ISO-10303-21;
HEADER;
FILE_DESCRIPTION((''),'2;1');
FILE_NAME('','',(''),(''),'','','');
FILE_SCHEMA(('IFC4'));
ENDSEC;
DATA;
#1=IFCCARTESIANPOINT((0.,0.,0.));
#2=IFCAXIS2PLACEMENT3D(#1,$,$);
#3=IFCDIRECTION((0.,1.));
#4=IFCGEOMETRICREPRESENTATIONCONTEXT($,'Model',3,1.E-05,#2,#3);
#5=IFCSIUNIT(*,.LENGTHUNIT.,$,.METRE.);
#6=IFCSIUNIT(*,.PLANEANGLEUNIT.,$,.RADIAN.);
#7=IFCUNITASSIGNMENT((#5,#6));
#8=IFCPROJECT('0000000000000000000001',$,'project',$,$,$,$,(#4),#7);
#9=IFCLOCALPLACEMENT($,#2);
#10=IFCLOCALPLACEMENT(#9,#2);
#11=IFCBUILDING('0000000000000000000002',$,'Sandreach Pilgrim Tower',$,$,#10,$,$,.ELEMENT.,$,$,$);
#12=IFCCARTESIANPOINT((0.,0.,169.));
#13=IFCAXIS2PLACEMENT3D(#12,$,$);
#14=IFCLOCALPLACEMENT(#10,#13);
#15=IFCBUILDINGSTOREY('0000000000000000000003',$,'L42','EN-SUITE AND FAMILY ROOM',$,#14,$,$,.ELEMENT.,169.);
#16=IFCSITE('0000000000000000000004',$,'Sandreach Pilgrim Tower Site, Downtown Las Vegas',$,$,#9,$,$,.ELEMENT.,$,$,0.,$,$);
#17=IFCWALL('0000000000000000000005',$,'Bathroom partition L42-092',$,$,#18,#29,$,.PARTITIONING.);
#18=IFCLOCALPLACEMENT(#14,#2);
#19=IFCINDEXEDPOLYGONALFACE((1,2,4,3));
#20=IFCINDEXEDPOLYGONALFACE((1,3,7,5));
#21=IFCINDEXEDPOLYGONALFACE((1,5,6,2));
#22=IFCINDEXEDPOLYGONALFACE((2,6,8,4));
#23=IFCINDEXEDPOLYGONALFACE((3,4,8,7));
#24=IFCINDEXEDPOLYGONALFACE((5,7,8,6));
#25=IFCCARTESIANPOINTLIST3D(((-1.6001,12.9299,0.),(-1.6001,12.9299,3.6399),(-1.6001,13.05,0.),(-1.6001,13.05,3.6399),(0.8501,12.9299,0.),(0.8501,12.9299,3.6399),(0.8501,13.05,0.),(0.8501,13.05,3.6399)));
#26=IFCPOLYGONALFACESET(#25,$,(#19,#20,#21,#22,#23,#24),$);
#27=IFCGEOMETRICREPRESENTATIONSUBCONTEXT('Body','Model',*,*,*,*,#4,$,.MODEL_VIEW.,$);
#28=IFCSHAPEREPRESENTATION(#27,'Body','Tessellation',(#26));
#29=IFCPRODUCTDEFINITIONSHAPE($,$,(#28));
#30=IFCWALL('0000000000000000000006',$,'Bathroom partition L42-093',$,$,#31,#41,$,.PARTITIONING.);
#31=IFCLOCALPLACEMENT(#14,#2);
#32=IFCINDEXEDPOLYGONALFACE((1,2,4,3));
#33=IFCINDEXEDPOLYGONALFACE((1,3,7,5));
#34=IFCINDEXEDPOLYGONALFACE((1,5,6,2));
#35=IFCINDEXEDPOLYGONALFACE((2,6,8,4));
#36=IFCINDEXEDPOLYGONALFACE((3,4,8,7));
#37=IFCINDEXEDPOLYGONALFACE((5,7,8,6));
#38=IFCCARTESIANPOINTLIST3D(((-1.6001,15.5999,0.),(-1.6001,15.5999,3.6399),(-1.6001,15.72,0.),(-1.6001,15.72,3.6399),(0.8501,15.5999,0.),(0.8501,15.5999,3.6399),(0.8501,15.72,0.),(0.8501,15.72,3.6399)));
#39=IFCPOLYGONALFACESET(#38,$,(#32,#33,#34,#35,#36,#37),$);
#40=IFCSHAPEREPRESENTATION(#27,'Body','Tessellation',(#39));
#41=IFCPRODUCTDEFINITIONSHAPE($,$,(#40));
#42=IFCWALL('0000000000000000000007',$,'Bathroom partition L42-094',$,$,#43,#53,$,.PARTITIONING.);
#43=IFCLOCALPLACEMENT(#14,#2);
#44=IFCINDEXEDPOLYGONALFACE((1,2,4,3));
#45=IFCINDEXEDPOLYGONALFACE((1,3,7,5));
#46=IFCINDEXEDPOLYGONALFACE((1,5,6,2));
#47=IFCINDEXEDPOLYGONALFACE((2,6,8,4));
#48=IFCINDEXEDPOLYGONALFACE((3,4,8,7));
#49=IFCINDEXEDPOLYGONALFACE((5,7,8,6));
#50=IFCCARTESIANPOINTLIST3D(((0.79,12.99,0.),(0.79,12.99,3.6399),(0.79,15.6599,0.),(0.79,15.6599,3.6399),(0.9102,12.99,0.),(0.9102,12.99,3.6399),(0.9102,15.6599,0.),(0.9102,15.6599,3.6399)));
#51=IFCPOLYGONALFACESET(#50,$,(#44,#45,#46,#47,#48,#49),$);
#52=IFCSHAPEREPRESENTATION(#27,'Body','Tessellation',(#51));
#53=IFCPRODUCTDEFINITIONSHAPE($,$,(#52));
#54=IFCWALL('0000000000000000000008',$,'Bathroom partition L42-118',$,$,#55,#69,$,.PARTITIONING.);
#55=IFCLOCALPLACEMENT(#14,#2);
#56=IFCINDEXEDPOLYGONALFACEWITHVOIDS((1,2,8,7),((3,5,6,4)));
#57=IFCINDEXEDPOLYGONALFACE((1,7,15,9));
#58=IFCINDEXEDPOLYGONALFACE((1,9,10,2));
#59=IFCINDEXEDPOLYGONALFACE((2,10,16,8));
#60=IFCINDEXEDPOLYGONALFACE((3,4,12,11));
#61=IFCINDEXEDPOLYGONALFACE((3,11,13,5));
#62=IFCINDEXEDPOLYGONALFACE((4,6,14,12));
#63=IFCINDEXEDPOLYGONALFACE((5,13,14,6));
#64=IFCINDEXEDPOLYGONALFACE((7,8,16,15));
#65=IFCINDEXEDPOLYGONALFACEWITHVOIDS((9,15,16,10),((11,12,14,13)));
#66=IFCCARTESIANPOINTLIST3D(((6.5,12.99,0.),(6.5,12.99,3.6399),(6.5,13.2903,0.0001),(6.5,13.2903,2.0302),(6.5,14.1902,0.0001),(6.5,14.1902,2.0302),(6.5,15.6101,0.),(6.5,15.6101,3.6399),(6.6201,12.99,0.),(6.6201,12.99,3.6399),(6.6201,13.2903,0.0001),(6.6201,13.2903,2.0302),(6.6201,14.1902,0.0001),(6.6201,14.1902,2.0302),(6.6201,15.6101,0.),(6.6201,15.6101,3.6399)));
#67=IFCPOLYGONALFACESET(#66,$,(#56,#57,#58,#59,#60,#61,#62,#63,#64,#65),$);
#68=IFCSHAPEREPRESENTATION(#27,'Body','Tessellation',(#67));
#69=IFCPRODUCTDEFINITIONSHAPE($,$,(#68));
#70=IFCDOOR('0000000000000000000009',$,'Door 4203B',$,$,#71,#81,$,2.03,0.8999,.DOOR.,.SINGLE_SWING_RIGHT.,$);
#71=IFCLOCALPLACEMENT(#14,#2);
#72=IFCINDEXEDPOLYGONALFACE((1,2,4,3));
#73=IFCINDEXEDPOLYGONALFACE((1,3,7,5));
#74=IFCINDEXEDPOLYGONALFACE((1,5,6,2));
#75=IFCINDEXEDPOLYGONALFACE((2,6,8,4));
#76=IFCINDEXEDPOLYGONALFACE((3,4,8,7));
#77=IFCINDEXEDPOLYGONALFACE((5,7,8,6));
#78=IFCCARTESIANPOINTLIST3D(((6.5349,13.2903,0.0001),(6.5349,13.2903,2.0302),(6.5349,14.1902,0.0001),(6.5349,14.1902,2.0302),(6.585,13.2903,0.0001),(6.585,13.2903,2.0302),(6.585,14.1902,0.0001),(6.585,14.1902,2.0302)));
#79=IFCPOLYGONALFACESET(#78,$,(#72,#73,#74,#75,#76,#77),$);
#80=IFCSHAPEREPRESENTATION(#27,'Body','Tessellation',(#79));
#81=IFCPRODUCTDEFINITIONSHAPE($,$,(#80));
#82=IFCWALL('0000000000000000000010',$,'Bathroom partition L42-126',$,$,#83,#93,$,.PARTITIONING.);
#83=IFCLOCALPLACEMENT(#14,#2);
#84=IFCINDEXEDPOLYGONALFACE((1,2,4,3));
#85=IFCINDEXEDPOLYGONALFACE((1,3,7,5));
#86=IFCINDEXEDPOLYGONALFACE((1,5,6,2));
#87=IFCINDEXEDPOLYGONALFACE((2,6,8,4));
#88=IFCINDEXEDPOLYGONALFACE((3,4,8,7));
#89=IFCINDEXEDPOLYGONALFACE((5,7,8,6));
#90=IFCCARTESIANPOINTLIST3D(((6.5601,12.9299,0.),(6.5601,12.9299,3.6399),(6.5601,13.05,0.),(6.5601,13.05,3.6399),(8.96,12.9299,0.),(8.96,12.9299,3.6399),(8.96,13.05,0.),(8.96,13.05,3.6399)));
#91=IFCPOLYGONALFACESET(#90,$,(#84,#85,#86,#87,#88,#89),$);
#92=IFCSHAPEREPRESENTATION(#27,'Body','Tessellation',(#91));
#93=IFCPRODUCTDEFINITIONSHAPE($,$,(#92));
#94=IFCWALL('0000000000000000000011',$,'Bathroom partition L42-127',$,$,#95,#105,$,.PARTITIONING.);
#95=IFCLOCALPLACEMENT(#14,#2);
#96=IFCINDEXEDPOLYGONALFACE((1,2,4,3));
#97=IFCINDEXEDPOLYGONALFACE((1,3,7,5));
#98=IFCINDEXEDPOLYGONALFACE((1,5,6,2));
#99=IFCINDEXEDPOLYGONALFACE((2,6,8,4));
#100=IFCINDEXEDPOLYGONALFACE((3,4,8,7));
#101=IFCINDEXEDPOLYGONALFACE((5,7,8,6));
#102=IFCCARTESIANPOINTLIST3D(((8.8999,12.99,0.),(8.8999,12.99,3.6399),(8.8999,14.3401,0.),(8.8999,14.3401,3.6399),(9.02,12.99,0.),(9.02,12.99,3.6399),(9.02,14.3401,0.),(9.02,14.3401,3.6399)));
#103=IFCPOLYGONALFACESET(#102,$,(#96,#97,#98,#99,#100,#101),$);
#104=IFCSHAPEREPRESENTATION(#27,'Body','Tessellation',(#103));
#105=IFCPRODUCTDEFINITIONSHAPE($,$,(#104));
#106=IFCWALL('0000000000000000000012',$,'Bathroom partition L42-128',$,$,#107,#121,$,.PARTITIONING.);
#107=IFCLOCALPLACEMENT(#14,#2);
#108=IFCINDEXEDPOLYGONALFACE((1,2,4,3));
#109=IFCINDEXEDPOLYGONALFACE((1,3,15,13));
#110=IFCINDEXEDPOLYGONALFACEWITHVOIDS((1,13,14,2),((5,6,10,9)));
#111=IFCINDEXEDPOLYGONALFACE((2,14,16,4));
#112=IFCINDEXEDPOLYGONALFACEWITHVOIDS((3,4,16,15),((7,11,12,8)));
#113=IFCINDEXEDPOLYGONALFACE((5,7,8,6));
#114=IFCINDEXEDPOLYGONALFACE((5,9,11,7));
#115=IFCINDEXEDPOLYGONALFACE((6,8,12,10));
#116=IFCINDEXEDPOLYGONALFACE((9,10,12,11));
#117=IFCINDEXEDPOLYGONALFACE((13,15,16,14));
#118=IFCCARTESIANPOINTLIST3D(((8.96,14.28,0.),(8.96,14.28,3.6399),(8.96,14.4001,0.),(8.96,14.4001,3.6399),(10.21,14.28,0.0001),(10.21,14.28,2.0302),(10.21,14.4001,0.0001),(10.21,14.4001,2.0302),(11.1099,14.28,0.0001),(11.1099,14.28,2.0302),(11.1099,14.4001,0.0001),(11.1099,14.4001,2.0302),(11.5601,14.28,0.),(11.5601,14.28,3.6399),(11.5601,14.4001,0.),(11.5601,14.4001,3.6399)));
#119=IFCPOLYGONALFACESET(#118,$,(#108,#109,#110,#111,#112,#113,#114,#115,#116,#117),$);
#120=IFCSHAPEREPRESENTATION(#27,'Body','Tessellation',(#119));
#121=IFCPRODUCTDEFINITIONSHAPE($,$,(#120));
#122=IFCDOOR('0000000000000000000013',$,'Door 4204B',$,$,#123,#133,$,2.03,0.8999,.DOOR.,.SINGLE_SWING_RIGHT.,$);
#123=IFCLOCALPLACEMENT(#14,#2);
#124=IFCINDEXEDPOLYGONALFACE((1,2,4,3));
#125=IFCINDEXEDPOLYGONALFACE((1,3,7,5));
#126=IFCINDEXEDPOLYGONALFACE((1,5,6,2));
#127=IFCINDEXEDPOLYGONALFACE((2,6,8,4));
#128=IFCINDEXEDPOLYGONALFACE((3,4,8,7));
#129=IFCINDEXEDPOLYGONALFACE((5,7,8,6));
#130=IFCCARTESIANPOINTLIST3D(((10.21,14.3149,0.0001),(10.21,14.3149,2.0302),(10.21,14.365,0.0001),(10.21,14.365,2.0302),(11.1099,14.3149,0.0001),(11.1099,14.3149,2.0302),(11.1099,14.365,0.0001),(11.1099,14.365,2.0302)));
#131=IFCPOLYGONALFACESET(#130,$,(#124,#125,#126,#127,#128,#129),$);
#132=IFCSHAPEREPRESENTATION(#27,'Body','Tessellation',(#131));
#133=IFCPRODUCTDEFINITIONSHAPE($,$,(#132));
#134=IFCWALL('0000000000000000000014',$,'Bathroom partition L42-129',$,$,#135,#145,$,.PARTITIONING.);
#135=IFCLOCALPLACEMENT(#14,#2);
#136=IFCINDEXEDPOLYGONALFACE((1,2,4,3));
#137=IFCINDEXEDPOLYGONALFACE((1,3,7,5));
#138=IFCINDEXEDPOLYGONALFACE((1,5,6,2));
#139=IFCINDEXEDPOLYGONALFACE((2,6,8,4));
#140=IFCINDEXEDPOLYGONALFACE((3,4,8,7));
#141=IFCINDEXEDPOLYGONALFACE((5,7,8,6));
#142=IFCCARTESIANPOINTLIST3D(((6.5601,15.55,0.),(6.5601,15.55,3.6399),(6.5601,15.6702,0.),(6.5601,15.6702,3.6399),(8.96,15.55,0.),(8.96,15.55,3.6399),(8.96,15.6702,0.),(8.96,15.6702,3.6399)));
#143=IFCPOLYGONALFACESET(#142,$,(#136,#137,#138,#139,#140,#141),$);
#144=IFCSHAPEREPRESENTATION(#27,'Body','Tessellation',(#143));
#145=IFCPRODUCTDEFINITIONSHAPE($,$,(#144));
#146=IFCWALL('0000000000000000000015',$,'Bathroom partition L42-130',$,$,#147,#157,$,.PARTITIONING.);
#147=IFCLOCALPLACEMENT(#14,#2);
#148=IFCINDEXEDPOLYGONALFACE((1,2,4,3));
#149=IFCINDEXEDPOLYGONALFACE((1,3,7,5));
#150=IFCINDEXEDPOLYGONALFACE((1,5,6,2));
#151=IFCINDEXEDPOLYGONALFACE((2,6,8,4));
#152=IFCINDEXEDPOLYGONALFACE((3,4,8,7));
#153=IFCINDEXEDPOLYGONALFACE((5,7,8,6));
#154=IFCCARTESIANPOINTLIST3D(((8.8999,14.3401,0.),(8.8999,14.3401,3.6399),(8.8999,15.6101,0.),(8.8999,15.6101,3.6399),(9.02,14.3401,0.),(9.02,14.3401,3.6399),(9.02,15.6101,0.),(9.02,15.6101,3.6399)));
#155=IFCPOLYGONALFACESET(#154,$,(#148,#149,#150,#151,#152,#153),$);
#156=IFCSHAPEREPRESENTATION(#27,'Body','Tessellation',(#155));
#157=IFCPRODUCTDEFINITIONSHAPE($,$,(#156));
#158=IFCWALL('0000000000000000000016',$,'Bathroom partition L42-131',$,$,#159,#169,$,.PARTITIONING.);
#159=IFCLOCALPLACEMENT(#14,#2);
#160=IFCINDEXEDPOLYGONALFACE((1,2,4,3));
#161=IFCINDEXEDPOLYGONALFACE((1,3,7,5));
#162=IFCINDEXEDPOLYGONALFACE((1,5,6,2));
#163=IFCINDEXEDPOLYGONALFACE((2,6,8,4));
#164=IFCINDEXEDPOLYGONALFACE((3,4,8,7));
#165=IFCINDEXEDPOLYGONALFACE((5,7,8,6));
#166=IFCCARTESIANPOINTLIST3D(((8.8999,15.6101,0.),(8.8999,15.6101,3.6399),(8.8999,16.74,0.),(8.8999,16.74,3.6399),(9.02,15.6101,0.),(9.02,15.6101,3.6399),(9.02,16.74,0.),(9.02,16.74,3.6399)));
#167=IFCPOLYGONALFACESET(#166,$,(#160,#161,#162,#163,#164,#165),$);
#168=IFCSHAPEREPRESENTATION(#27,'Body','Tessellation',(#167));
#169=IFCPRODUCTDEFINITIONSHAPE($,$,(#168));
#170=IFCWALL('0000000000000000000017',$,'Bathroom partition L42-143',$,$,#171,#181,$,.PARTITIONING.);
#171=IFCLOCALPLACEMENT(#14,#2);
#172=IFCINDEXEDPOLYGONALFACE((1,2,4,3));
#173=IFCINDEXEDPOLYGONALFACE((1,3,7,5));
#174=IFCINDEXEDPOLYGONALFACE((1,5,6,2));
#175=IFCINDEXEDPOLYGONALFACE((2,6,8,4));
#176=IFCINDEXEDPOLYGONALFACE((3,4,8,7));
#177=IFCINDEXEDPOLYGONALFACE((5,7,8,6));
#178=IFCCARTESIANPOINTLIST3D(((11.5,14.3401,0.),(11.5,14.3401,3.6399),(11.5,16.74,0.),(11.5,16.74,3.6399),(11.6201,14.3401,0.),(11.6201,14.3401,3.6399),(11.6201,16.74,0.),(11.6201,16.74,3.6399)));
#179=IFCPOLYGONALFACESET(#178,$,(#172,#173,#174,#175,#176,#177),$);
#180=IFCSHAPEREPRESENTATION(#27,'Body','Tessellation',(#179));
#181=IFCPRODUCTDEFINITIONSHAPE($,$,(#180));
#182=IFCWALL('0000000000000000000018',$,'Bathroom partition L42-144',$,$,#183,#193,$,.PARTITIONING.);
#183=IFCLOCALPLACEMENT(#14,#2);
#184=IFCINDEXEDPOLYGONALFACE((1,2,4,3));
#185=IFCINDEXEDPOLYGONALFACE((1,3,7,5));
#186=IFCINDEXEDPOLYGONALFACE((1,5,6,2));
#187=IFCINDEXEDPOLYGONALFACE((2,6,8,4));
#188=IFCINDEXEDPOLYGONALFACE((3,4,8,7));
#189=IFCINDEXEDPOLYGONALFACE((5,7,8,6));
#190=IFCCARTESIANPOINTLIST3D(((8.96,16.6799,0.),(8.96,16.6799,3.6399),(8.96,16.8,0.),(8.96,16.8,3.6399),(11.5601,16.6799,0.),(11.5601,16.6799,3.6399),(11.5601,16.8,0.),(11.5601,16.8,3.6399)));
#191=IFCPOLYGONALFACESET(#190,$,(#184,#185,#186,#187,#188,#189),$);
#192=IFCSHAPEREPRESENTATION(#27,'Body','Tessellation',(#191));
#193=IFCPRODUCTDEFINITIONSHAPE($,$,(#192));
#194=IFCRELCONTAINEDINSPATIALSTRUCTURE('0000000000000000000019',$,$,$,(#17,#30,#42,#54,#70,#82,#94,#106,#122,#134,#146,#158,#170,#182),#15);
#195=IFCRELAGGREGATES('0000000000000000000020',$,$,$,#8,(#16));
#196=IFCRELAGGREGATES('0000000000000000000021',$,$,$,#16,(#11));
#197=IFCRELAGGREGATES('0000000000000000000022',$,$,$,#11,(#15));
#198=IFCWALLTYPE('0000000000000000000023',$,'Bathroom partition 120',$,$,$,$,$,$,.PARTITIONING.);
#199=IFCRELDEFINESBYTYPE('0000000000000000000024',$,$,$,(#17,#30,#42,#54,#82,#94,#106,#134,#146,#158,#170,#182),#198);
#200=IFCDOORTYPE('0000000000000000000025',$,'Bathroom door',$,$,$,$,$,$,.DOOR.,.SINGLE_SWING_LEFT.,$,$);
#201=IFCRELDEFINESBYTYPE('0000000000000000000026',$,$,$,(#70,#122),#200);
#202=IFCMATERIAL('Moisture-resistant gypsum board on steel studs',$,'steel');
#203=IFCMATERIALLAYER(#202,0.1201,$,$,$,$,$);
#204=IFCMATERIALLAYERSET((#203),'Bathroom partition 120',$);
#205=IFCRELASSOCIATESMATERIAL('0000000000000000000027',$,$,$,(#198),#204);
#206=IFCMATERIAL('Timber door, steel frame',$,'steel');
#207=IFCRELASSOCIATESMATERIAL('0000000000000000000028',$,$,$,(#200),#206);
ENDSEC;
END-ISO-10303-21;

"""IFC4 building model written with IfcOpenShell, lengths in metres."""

from ifc_helpers import new_model, si_unit, direction, frame, frame_2d, origin, place, context, subcontext, project, spatial, rectangle, extrude, material, layer, layer_set, type_object, element, fill, save


model = new_model("IFC4")

# Units and contexts
model_context = context("Model", 3, precision=1e-05, world=origin(), true_north=direction((0.0, 1.0)))
body_context = subcontext(model_context, "Body", "Model", "MODEL_VIEW")
ifc_project = project(units=[si_unit("LENGTHUNIT", "METRE"), si_unit("PLANEANGLEUNIT", "RADIAN")], contexts=[model_context])

# Site, building, storey
site_placement = place(None, origin())
site = spatial("IfcSite", under=ifc_project, at=site_placement, Name="Sandreach Pilgrim Tower Site, Downtown Las Vegas", CompositionType="ELEMENT", RefElevation=0.0)
building_placement = place(site_placement, origin())
building = spatial("IfcBuilding", under=site, at=building_placement, Name="Sandreach Pilgrim Tower", CompositionType="ELEMENT")
storey_placement = place(building_placement, frame((0.0, 0.0, 169.0)))
storey = spatial("IfcBuildingStorey", under=building, at=storey_placement, Name="L42", Description="EN-SUITE AND FAMILY ROOM", CompositionType="ELEMENT", Elevation=169.0)

# Walls
ifc_material_1 = material(Name="Moisture-resistant gypsum board on steel studs", Category="steel")
ifc_layer_1 = layer(ifc_material_1, 0.1201)
ifc_layer_set_1 = layer_set([ifc_layer_1], Name="Bathroom partition 120")
wall_type_1 = type_object("IfcWallType", Name="Bathroom partition 120", PredefinedType="PARTITIONING", material=ifc_layer_set_1)
for number, where, z_axis, x_axis, name in (
    (1, (0.8501, 12.99, 0.0), (0.0, 0.0, 1.0), (-1.0, 0.0, 0.0), "Bathroom partition L42-092"),
    (2, (0.8501, 15.6599, 0.0), (0.0, 0.0, 1.0), (-1.0, 0.0, 0.0), "Bathroom partition L42-093"),
):
    element("IfcWall", number, at=place(storey_placement, frame(where, z_axis=z_axis, x_axis=x_axis)), inside=storey, type_object=wall_type_1, Name=name, PredefinedType="PARTITIONING", context=body_context, shape_type="SweptSolid", body=[
        extrude(rectangle(XDim=2.4502, YDim=0.1201, at=frame_2d((1.2251, 0.0))), origin(), (0.0, 0.0, 1.0), 3.6399),
    ])
wall_1_placement = place(storey_placement, frame((0.8501, 15.6599, 0.0), z_axis=(0.0, 0.0, 1.0), x_axis=(0.0, -1.0, 0.0)))
element("IfcWall", 3, at=wall_1_placement, inside=storey, type_object=wall_type_1, Name="Bathroom partition L42-094", PredefinedType="PARTITIONING", context=body_context, shape_type="SweptSolid", body=[
    extrude(rectangle(XDim=2.6699, YDim=0.1201, at=frame_2d((1.335, 0.0))), origin(), (0.0, 0.0, 1.0), 3.6399),
])

# Wall, opening, door
wall_2_placement = place(storey_placement, frame((6.5601, 15.6101, 0.0), z_axis=(0.0, 0.0, 1.0), x_axis=(0.0, -1.0, 0.0)))
wall_2 = element("IfcWall", 4, at=wall_2_placement, inside=storey, type_object=wall_type_1, Name="Bathroom partition L42-118", PredefinedType="PARTITIONING", context=body_context, shape_type="SweptSolid", body=[
    extrude(rectangle(XDim=2.6201, YDim=0.1201, at=frame_2d((1.3101, 0.0))), origin(), (0.0, 0.0, 1.0), 3.6399),
])
opening_1_placement = place(wall_2_placement, frame((1.4199, 0.0, 0.0)))
opening_1 = element("IfcOpeningElement", 5, at=opening_1_placement, cuts=wall_2, PredefinedType="OPENING", context=body_context, shape_type="SweptSolid", body=[
    extrude(rectangle(XDim=0.8999, YDim=2.03, at=frame_2d((0.45, 1.0151))), frame((0.0, 0.0601, 0.0), z_axis=(0.0, -1.0, 0.0), x_axis=(1.0, 0.0, 0.0)), (0.0, 0.0, 1.0), 0.1201),
])
ifc_material_2 = material(Name="Timber door, steel frame", Category="steel")
door_type_1 = type_object("IfcDoorType", Name="Bathroom door", OperationType="SINGLE_SWING_LEFT", PredefinedType="DOOR", material=ifc_material_2)
door_1_placement = place(opening_1_placement, origin())
door_1 = element("IfcDoor", 6, at=door_1_placement, inside=storey, type_object=door_type_1, Name="Door 4203B", OperationType="SINGLE_SWING_RIGHT", OverallHeight=2.03, OverallWidth=0.8999, PredefinedType="DOOR", context=body_context, shape_type="SweptSolid", body=[
    extrude(rectangle(XDim=0.8999, YDim=2.03, at=frame_2d((0.45, 1.0151))), frame((0.0, 0.0249, 0.0), z_axis=(0.0, -1.0, 0.0), x_axis=(1.0, 0.0, 0.0)), (0.0, 0.0, 1.0), 0.05),
])
fill(opening_1, door_1)

# Walls
wall_3_placement = place(storey_placement, frame((8.96, 12.99, 0.0), z_axis=(0.0, 0.0, 1.0), x_axis=(-1.0, 0.0, 0.0)))
element("IfcWall", 7, at=wall_3_placement, inside=storey, type_object=wall_type_1, Name="Bathroom partition L42-126", PredefinedType="PARTITIONING", context=body_context, shape_type="SweptSolid", body=[
    extrude(rectangle(XDim=2.3999, YDim=0.1201, at=frame_2d((1.2, 0.0))), origin(), (0.0, 0.0, 1.0), 3.6399),
])
wall_4_placement = place(storey_placement, frame((8.96, 14.3401, 0.0), z_axis=(0.0, 0.0, 1.0), x_axis=(0.0, -1.0, 0.0)))
element("IfcWall", 8, at=wall_4_placement, inside=storey, type_object=wall_type_1, Name="Bathroom partition L42-127", PredefinedType="PARTITIONING", context=body_context, shape_type="SweptSolid", body=[
    extrude(rectangle(XDim=1.3501, YDim=0.1201, at=frame_2d((0.675, 0.0))), origin(), (0.0, 0.0, 1.0), 3.6399),
])

# Wall, opening, door
wall_5_placement = place(storey_placement, frame((8.96, 14.3401, 0.0), z_axis=(0.0, 0.0, 1.0), x_axis=(1.0, 0.0, 0.0)))
wall_5 = element("IfcWall", 9, at=wall_5_placement, inside=storey, type_object=wall_type_1, Name="Bathroom partition L42-128", PredefinedType="PARTITIONING", context=body_context, shape_type="SweptSolid", body=[
    extrude(rectangle(XDim=2.6001, YDim=0.1201, at=frame_2d((1.3, 0.0))), origin(), (0.0, 0.0, 1.0), 3.6399),
])
opening_2_placement = place(wall_5_placement, frame((1.25, 0.0, 0.0)))
opening_2 = element("IfcOpeningElement", 10, at=opening_2_placement, cuts=wall_5, PredefinedType="OPENING", context=body_context, shape_type="SweptSolid", body=[
    extrude(rectangle(XDim=0.8999, YDim=2.03, at=frame_2d((0.45, 1.0151))), frame((0.0, 0.0601, 0.0), z_axis=(0.0, -1.0, 0.0), x_axis=(1.0, 0.0, 0.0)), (0.0, 0.0, 1.0), 0.1201),
])
door_2_placement = place(opening_2_placement, origin())
door_2 = element("IfcDoor", 11, at=door_2_placement, inside=storey, type_object=door_type_1, Name="Door 4204B", OperationType="SINGLE_SWING_RIGHT", OverallHeight=2.03, OverallWidth=0.8999, PredefinedType="DOOR", context=body_context, shape_type="SweptSolid", body=[
    extrude(rectangle(XDim=0.8999, YDim=2.03, at=frame_2d((0.45, 1.0151))), frame((0.0, 0.0249, 0.0), z_axis=(0.0, -1.0, 0.0), x_axis=(1.0, 0.0, 0.0)), (0.0, 0.0, 1.0), 0.05),
])
fill(opening_2, door_2)

# Walls
wall_6_placement = place(storey_placement, frame((8.96, 15.6101, 0.0), z_axis=(0.0, 0.0, 1.0), x_axis=(-1.0, 0.0, 0.0)))
element("IfcWall", 12, at=wall_6_placement, inside=storey, type_object=wall_type_1, Name="Bathroom partition L42-129", PredefinedType="PARTITIONING", context=body_context, shape_type="SweptSolid", body=[
    extrude(rectangle(XDim=2.3999, YDim=0.1201, at=frame_2d((1.2, 0.0))), origin(), (0.0, 0.0, 1.0), 3.6399),
])
wall_7_placement = place(storey_placement, frame((8.96, 15.6101, 0.0), z_axis=(0.0, 0.0, 1.0), x_axis=(0.0, -1.0, 0.0)))
element("IfcWall", 13, at=wall_7_placement, inside=storey, type_object=wall_type_1, Name="Bathroom partition L42-130", PredefinedType="PARTITIONING", context=body_context, shape_type="SweptSolid", body=[
    extrude(rectangle(XDim=1.27, YDim=0.1201, at=frame_2d((0.635, 0.0))), origin(), (0.0, 0.0, 1.0), 3.6399),
])
wall_8_placement = place(storey_placement, frame((8.96, 16.74, 0.0), z_axis=(0.0, 0.0, 1.0), x_axis=(0.0, -1.0, 0.0)))
element("IfcWall", 14, at=wall_8_placement, inside=storey, type_object=wall_type_1, Name="Bathroom partition L42-131", PredefinedType="PARTITIONING", context=body_context, shape_type="SweptSolid", body=[
    extrude(rectangle(XDim=1.1299, YDim=0.1201, at=frame_2d((0.5649, 0.0))), origin(), (0.0, 0.0, 1.0), 3.6399),
])
wall_9_placement = place(storey_placement, frame((11.5601, 14.3401, 0.0), z_axis=(0.0, 0.0, 1.0), x_axis=(0.0, 1.0, 0.0)))
element("IfcWall", 15, at=wall_9_placement, inside=storey, type_object=wall_type_1, Name="Bathroom partition L42-143", PredefinedType="PARTITIONING", context=body_context, shape_type="SweptSolid", body=[
    extrude(rectangle(XDim=2.3999, YDim=0.1201, at=frame_2d((1.2, 0.0))), origin(), (0.0, 0.0, 1.0), 3.6399),
])
wall_10_placement = place(storey_placement, frame((11.5601, 16.74, 0.0), z_axis=(0.0, 0.0, 1.0), x_axis=(-1.0, 0.0, 0.0)))
element("IfcWall", 16, at=wall_10_placement, inside=storey, type_object=wall_type_1, Name="Bathroom partition L42-144", PredefinedType="PARTITIONING", context=body_context, shape_type="SweptSolid", body=[
    extrude(rectangle(XDim=2.6001, YDim=0.1201, at=frame_2d((1.3, 0.0))), origin(), (0.0, 0.0, 1.0), 3.6399),
])

save(model, "model.ifc")
